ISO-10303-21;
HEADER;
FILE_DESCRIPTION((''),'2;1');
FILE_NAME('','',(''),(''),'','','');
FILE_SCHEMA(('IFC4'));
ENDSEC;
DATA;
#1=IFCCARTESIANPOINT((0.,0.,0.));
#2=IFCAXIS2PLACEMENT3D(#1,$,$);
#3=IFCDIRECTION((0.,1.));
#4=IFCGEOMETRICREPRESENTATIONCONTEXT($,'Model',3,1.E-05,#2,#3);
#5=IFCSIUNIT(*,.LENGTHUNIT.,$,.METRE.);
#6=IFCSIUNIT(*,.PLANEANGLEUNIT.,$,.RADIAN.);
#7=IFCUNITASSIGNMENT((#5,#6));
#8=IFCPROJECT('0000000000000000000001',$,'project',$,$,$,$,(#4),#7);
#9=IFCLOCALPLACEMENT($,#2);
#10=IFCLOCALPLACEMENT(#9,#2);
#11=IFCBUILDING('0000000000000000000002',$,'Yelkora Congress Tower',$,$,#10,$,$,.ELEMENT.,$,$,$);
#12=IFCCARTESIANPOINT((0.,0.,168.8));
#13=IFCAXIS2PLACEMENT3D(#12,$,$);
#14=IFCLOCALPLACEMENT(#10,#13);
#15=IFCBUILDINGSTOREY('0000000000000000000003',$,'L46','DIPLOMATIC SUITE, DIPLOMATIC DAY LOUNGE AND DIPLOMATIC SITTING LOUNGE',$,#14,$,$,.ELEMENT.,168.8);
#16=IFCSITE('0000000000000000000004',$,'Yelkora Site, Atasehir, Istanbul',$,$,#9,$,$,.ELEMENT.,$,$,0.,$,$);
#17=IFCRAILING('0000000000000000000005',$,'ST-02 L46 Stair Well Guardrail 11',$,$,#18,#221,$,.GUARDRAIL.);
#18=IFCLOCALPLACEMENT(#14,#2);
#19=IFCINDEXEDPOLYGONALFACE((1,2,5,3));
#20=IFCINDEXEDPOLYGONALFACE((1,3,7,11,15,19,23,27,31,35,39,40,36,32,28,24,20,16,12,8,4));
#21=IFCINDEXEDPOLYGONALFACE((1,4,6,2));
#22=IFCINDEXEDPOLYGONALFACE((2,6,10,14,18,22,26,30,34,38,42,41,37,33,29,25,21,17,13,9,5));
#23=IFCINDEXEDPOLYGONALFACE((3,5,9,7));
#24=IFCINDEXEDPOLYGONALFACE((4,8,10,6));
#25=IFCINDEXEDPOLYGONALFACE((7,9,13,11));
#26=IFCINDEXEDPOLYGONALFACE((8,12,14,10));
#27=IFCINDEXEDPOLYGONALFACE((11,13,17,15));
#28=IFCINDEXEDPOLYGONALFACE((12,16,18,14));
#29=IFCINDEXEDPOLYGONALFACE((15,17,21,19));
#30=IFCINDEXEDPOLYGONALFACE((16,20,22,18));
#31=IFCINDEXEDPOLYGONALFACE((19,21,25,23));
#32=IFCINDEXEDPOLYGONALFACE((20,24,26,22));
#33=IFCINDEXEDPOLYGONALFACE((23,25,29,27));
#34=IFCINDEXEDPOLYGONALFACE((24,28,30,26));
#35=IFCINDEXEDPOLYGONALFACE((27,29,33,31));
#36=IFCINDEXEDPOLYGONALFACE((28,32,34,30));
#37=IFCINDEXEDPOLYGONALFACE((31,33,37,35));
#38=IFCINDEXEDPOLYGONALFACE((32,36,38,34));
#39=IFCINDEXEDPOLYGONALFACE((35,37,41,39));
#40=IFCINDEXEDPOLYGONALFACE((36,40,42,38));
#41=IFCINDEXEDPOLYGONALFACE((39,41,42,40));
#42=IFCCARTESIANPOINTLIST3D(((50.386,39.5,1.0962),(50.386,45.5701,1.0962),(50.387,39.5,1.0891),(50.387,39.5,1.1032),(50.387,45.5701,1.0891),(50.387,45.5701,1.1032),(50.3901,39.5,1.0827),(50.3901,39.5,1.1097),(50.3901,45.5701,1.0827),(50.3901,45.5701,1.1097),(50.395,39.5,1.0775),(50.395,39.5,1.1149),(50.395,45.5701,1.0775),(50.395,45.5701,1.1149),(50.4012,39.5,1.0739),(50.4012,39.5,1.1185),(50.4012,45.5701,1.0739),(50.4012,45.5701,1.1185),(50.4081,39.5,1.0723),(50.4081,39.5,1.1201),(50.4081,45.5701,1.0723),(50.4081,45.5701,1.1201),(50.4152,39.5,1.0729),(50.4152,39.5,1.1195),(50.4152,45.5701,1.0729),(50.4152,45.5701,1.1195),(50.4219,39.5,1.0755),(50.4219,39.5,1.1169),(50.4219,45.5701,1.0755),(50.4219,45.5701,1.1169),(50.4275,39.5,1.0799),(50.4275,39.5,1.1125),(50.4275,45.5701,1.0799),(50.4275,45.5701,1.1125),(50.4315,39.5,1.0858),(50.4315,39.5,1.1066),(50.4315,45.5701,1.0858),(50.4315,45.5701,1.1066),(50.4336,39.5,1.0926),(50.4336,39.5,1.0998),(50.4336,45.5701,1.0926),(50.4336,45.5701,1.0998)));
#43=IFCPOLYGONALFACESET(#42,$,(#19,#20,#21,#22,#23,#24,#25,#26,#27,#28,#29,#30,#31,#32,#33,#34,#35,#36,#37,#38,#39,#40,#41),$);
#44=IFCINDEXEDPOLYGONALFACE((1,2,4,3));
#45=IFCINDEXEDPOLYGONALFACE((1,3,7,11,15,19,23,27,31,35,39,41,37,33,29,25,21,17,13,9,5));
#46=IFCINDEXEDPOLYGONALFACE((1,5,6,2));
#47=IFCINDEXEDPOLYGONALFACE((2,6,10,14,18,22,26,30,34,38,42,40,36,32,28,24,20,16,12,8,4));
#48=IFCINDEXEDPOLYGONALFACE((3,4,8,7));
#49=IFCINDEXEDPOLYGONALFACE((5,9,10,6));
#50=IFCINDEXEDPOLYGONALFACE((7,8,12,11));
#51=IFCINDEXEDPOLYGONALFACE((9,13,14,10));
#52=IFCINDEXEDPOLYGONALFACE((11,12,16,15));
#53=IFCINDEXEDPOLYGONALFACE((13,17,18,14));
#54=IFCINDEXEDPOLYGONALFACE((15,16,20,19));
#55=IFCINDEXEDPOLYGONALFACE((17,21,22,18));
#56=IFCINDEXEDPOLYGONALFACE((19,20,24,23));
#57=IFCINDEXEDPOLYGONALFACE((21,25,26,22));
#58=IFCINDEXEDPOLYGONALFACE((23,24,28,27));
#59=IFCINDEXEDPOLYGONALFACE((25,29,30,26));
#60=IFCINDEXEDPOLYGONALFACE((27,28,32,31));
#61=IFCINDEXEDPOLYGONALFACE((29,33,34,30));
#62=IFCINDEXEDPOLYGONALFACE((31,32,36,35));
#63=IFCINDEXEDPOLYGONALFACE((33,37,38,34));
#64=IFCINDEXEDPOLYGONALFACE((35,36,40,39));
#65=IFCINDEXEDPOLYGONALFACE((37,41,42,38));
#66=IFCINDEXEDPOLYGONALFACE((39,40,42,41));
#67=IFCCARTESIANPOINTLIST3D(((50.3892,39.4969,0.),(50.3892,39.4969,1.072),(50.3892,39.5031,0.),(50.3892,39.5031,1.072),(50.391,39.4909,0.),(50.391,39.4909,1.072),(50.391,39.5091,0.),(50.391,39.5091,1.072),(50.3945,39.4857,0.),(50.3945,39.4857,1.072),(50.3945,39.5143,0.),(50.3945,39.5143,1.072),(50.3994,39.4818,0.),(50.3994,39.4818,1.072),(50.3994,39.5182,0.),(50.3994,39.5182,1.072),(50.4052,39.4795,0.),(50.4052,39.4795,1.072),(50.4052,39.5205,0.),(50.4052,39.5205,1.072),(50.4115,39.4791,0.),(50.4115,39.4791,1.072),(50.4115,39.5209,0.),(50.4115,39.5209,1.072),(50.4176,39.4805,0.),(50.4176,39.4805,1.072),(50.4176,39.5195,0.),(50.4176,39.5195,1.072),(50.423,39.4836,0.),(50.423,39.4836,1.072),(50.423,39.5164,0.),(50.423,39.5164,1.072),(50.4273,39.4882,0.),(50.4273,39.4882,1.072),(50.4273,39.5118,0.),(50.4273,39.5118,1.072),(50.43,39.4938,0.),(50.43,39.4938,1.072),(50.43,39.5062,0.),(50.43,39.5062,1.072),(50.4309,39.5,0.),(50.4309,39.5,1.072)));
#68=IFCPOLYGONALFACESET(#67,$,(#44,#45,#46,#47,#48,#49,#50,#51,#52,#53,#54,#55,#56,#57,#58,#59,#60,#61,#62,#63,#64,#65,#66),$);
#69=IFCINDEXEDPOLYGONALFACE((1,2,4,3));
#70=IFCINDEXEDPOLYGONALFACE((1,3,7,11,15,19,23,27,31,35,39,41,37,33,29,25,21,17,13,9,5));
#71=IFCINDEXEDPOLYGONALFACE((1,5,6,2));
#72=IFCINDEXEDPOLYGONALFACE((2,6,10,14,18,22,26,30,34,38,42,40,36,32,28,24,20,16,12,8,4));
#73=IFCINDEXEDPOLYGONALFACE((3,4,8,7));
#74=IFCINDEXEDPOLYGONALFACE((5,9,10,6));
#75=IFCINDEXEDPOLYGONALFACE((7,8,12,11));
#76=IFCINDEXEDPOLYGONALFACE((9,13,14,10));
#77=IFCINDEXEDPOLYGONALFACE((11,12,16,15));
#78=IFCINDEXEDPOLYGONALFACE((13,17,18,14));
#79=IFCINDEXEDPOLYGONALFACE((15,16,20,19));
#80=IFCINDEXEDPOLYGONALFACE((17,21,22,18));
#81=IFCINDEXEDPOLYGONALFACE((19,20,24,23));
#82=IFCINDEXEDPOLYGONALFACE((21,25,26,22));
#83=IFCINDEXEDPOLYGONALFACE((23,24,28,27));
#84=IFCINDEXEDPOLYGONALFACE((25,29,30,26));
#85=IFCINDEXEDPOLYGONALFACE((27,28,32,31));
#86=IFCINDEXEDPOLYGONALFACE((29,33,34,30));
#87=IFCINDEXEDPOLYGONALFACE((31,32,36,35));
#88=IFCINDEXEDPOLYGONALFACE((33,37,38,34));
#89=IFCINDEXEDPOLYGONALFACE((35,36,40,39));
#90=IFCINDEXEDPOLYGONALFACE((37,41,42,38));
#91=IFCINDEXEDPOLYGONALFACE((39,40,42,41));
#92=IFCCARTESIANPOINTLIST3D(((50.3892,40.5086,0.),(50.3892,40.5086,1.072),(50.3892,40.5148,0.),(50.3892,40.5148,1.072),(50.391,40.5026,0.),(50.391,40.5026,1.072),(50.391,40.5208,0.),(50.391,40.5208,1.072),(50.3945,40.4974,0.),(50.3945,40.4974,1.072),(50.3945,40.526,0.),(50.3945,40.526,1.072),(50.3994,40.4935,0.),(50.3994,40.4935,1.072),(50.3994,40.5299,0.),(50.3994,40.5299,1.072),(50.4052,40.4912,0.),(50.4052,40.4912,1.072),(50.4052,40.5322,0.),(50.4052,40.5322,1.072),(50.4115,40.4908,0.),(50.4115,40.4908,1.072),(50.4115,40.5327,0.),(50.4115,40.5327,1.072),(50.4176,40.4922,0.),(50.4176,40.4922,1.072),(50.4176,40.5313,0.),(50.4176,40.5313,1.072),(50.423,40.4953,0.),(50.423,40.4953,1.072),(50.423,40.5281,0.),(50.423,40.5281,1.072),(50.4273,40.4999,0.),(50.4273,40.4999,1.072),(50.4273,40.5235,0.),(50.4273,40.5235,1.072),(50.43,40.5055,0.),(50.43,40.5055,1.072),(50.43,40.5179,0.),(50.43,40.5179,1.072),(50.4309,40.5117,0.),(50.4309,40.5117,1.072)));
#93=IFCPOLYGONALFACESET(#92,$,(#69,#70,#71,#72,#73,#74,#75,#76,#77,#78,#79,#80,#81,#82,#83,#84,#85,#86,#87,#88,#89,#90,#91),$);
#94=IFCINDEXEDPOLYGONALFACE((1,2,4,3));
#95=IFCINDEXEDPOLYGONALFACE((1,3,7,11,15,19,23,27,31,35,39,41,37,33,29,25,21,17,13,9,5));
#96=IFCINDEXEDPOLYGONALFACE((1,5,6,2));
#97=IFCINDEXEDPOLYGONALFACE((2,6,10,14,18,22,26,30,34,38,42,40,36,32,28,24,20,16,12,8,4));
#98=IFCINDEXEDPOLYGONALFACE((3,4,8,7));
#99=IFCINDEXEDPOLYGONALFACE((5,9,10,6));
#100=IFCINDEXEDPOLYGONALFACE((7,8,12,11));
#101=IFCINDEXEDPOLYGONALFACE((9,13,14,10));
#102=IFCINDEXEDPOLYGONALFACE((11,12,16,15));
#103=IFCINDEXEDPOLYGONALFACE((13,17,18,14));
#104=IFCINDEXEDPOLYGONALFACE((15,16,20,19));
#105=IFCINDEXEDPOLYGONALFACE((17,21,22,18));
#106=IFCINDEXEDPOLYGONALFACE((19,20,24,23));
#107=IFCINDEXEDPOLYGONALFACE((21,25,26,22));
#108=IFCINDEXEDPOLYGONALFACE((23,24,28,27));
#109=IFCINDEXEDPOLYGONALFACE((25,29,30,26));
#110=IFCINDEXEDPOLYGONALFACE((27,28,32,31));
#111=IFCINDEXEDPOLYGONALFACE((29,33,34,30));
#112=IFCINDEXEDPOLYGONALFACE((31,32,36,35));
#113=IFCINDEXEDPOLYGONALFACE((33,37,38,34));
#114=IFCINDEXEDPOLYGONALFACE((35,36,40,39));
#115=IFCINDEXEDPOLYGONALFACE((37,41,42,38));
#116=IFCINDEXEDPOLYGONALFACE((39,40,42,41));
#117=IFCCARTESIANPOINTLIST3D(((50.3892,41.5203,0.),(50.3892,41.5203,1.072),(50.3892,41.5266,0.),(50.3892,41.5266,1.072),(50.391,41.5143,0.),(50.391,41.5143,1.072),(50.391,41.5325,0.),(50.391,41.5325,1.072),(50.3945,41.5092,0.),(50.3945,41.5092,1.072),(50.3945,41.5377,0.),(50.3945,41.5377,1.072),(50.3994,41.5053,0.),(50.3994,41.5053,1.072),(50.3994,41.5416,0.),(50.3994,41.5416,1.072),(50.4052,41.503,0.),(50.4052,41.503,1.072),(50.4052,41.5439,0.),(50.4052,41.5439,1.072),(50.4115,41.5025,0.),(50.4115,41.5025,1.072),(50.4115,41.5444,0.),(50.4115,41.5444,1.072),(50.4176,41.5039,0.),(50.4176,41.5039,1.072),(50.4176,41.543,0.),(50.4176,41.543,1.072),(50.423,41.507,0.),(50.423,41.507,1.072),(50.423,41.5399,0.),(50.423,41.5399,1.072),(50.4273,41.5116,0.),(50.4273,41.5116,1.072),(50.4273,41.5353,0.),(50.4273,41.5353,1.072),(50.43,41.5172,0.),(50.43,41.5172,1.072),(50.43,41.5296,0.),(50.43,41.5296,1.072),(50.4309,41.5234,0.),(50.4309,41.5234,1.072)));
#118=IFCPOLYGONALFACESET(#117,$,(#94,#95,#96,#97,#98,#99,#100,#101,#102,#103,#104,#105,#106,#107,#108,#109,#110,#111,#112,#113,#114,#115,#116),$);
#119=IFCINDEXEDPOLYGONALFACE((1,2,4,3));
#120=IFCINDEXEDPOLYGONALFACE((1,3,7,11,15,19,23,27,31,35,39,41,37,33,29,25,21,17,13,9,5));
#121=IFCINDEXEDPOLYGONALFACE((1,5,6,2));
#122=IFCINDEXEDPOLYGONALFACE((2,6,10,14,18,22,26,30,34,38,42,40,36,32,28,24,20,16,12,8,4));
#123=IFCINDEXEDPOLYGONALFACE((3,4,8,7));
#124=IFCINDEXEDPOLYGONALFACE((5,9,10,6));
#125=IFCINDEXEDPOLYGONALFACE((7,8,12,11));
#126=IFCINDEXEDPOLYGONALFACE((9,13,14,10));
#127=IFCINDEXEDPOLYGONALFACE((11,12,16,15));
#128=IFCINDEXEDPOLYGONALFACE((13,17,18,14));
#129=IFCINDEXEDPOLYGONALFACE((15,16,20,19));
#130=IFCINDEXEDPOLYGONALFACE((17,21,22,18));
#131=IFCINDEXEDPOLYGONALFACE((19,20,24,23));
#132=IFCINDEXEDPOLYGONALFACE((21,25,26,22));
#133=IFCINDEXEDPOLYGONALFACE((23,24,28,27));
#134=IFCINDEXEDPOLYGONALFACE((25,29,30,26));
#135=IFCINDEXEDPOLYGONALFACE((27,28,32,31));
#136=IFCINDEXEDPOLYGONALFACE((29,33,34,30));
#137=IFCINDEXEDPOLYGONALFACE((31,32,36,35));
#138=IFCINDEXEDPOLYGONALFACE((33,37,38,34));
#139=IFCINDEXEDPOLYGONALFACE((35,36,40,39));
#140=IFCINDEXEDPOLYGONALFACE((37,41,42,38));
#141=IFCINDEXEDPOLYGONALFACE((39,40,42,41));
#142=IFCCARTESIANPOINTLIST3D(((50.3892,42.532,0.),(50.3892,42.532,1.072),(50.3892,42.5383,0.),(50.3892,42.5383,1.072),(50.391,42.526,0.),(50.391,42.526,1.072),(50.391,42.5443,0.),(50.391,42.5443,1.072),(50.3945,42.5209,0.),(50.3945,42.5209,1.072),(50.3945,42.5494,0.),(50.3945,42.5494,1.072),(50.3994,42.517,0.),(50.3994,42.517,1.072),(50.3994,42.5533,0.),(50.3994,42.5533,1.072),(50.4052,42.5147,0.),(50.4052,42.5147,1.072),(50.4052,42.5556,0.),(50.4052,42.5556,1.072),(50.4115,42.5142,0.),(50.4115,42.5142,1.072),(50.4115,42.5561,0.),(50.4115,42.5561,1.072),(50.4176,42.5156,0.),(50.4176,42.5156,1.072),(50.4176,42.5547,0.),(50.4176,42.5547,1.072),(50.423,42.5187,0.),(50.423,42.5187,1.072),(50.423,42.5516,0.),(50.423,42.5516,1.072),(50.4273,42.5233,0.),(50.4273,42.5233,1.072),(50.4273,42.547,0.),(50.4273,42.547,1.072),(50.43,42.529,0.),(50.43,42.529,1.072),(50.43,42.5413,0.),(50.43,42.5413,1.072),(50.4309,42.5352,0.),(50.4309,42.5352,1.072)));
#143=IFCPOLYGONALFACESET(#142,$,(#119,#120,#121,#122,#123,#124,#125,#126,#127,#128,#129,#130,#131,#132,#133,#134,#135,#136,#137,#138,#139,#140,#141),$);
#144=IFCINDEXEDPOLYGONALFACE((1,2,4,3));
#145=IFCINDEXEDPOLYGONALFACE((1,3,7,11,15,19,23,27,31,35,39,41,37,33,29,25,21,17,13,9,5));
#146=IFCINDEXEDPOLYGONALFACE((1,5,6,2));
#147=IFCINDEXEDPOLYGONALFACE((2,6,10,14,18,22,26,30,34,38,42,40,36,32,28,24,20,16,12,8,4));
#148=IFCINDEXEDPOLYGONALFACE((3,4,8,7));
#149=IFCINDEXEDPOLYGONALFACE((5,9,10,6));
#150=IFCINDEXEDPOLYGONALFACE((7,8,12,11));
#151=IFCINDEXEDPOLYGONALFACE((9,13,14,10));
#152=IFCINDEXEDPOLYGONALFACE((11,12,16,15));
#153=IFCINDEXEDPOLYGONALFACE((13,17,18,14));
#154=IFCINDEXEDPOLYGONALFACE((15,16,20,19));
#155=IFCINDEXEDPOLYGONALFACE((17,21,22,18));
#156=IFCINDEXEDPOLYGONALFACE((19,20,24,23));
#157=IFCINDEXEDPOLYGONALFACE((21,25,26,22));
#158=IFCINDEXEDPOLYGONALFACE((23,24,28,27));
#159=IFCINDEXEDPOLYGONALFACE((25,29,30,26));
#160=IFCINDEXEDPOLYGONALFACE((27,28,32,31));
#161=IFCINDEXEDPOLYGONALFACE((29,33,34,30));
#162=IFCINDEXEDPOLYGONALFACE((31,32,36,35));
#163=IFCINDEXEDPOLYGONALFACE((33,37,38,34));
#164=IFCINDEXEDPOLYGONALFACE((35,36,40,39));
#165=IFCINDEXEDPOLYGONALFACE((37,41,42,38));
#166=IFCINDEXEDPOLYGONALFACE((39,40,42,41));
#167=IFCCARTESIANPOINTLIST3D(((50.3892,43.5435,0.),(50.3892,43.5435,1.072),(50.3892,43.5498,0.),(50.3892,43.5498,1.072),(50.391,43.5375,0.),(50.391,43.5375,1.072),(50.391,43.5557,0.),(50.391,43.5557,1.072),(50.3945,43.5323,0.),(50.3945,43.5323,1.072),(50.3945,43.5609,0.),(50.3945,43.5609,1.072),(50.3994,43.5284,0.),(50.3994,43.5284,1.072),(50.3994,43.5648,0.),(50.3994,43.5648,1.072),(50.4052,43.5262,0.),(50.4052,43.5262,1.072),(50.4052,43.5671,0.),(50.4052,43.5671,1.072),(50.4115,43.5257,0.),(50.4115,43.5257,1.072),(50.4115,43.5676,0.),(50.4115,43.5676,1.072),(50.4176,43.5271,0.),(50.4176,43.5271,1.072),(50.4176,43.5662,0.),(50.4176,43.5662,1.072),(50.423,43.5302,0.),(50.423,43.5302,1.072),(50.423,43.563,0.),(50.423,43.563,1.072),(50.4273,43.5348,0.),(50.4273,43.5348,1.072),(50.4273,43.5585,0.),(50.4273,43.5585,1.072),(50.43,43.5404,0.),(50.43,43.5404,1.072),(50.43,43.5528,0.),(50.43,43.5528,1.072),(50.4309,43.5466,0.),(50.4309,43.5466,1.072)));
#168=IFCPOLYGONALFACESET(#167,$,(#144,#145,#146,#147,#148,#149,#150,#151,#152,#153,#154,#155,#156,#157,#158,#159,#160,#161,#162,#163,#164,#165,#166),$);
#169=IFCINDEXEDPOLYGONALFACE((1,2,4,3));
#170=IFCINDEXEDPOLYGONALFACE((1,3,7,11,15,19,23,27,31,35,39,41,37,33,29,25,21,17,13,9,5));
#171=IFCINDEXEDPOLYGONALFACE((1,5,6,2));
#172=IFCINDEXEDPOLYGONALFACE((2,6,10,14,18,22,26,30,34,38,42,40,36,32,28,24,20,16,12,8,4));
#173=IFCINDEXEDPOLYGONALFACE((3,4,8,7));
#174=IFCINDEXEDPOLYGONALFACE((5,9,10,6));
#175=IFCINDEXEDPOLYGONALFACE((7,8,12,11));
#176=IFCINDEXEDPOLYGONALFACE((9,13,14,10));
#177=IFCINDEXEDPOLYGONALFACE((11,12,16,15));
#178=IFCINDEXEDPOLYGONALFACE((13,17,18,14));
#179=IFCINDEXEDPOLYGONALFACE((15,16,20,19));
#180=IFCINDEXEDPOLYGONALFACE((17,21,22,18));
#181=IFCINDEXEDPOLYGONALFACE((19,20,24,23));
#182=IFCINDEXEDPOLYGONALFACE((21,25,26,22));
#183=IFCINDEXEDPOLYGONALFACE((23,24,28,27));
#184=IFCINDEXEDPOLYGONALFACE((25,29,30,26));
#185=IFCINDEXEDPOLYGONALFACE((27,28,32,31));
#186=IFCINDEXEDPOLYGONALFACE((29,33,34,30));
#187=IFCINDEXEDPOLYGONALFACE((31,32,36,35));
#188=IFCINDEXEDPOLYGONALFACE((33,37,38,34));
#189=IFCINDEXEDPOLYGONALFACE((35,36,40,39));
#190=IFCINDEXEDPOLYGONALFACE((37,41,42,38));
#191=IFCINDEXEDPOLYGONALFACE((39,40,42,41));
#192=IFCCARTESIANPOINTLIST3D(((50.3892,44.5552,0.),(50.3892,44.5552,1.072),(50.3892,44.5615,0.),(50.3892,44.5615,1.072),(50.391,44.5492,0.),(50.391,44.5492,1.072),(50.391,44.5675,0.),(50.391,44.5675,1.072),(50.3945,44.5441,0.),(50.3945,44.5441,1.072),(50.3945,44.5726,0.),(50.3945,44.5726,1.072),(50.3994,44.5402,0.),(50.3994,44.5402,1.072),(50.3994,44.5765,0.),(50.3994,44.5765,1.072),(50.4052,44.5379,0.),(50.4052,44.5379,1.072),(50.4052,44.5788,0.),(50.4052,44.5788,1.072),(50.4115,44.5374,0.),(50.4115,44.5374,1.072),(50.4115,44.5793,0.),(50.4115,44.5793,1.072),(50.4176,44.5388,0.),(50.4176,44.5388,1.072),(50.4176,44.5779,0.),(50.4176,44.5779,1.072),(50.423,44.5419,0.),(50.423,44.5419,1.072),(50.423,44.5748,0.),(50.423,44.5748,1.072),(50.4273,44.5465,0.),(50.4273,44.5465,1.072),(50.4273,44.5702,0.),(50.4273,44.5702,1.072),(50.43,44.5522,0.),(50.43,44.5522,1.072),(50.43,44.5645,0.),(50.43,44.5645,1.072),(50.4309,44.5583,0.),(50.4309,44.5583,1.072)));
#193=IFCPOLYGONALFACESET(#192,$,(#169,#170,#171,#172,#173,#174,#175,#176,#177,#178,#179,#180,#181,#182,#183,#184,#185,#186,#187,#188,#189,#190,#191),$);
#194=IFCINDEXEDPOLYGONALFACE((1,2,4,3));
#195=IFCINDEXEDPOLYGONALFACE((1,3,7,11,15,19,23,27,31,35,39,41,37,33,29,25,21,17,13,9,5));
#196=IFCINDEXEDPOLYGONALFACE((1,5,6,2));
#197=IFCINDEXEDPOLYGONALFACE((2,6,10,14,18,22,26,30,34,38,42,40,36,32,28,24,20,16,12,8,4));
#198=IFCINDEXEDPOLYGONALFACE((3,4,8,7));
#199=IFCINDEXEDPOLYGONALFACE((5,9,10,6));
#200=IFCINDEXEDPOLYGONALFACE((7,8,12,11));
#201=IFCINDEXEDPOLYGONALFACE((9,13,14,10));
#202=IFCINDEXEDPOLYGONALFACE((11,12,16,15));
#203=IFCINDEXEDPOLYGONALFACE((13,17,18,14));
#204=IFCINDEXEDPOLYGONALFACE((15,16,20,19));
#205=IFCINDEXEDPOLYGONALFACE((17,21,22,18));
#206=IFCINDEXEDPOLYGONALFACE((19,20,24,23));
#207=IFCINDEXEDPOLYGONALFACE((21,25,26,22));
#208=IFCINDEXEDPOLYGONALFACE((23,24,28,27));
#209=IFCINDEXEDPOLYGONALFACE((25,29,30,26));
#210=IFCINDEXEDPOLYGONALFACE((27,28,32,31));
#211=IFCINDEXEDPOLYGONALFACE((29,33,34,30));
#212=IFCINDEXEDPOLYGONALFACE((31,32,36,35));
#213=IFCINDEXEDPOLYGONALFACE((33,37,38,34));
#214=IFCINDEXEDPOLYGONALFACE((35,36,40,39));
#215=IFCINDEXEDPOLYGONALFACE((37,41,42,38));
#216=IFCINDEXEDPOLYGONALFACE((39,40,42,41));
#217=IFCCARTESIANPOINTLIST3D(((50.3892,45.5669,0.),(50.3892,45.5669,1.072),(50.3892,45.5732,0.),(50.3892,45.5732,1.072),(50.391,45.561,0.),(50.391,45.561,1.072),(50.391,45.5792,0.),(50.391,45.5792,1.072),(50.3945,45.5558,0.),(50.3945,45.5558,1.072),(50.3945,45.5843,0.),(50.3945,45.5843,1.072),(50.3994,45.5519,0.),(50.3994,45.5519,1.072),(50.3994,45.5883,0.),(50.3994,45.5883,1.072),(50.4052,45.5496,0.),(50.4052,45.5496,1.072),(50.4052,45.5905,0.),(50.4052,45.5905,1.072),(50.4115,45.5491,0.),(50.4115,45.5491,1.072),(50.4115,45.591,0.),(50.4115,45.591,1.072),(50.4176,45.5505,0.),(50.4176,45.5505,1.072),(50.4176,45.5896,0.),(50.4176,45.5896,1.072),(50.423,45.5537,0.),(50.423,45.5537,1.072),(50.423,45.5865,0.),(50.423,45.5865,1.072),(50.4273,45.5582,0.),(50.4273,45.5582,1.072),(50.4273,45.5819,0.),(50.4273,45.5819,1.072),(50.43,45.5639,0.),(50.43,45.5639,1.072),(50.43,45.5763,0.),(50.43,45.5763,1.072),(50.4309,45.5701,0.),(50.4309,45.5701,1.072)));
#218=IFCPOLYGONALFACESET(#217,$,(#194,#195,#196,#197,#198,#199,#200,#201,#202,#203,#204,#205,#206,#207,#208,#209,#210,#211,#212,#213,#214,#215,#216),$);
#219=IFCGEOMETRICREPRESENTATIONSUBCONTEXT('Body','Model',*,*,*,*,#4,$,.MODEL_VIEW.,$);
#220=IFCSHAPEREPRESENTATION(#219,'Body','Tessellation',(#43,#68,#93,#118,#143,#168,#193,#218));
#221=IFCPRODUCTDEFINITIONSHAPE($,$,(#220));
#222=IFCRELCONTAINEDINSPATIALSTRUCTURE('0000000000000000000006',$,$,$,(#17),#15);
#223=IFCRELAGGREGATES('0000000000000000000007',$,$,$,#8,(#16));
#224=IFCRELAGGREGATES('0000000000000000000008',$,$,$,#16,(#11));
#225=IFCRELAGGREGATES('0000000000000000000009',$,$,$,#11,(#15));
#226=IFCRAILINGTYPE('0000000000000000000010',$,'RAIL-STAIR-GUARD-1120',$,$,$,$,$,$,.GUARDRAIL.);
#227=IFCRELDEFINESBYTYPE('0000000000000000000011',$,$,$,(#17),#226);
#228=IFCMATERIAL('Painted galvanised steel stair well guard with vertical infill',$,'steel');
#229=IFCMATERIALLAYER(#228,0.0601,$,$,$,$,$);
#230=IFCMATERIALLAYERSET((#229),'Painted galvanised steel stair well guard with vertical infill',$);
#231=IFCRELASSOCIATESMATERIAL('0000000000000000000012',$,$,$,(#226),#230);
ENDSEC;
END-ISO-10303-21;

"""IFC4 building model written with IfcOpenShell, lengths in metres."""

from ifc_helpers import new_model, si_unit, direction, frame, origin, origin_2d, place, context, subcontext, project, spatial, circle, extrude, material, layer, layer_set, type_object, element, save


model = new_model("IFC4")

# Units and contexts
model_context = context("Model", 3, precision=1e-05, world=origin(), true_north=direction((0.0, 1.0)))
body_context = subcontext(model_context, "Body", "Model", "MODEL_VIEW")
ifc_project = project(units=[si_unit("LENGTHUNIT", "METRE"), si_unit("PLANEANGLEUNIT", "RADIAN")], contexts=[model_context])

# Site, building, storey
site_placement = place(None, origin())
site = spatial("IfcSite", under=ifc_project, at=site_placement, Name="Yelkora Site, Atasehir, Istanbul", CompositionType="ELEMENT", RefElevation=0.0)
building_placement = place(site_placement, origin())
building = spatial("IfcBuilding", under=site, at=building_placement, Name="Yelkora Congress Tower", CompositionType="ELEMENT")
storey_placement = place(building_placement, frame((0.0, 0.0, 168.8)))
storey = spatial("IfcBuildingStorey", under=building, at=storey_placement, Name="L46", Description="DIPLOMATIC SUITE, DIPLOMATIC DAY LOUNGE AND DIPLOMATIC SITTING LOUNGE", CompositionType="ELEMENT", Elevation=168.8)

# Railing
ifc_material_1 = material(Name="Painted galvanised steel stair well guard with vertical infill", Category="steel")
ifc_layer_1 = layer(ifc_material_1, 0.0601)
ifc_layer_set_1 = layer_set([ifc_layer_1], Name="Painted galvanised steel stair well guard with vertical infill")
railing_type_1 = type_object("IfcRailingType", Name="RAIL-STAIR-GUARD-1120", PredefinedType="GUARDRAIL", material=ifc_layer_set_1)
railing_1_placement = place(storey_placement, frame((50.4099, 39.5, 0.0)))
element("IfcRailing", 1, at=railing_1_placement, inside=storey, type_object=railing_type_1, Name="ST-02 L46 Stair Well Guardrail 11", PredefinedType="GUARDRAIL", context=body_context, shape_type="SweptSolid", body=[
    extrude(circle(Radius=0.0239, at=origin_2d()), frame((0.0, 0.0, 1.0962), z_axis=(0.0, 1.0, 0.0), x_axis=(-1.0, 0.0, 0.0)), (0.0, 0.0, 1.0), 6.0701),
    extrude(circle(Radius=0.021, at=origin_2d()), origin(), (0.0, 0.0, 1.0), 1.072),
    extrude(circle(Radius=0.021, at=origin_2d()), frame((0.0, 1.0117, 0.0)), (0.0, 0.0, 1.0), 1.072),
    extrude(circle(Radius=0.021, at=origin_2d()), frame((0.0, 2.0234, 0.0)), (0.0, 0.0, 1.0), 1.072),
    extrude(circle(Radius=0.021, at=origin_2d()), frame((0.0, 3.0352, 0.0)), (0.0, 0.0, 1.0), 1.072),
    extrude(circle(Radius=0.021, at=origin_2d()), frame((0.0, 4.0466, 0.0)), (0.0, 0.0, 1.0), 1.072),
    extrude(circle(Radius=0.021, at=origin_2d()), frame((0.0, 5.0583, 0.0)), (0.0, 0.0, 1.0), 1.072),
    extrude(circle(Radius=0.021, at=origin_2d()), frame((0.0, 6.0701, 0.0)), (0.0, 0.0, 1.0), 1.072),
])

save(model, "model.ifc")
